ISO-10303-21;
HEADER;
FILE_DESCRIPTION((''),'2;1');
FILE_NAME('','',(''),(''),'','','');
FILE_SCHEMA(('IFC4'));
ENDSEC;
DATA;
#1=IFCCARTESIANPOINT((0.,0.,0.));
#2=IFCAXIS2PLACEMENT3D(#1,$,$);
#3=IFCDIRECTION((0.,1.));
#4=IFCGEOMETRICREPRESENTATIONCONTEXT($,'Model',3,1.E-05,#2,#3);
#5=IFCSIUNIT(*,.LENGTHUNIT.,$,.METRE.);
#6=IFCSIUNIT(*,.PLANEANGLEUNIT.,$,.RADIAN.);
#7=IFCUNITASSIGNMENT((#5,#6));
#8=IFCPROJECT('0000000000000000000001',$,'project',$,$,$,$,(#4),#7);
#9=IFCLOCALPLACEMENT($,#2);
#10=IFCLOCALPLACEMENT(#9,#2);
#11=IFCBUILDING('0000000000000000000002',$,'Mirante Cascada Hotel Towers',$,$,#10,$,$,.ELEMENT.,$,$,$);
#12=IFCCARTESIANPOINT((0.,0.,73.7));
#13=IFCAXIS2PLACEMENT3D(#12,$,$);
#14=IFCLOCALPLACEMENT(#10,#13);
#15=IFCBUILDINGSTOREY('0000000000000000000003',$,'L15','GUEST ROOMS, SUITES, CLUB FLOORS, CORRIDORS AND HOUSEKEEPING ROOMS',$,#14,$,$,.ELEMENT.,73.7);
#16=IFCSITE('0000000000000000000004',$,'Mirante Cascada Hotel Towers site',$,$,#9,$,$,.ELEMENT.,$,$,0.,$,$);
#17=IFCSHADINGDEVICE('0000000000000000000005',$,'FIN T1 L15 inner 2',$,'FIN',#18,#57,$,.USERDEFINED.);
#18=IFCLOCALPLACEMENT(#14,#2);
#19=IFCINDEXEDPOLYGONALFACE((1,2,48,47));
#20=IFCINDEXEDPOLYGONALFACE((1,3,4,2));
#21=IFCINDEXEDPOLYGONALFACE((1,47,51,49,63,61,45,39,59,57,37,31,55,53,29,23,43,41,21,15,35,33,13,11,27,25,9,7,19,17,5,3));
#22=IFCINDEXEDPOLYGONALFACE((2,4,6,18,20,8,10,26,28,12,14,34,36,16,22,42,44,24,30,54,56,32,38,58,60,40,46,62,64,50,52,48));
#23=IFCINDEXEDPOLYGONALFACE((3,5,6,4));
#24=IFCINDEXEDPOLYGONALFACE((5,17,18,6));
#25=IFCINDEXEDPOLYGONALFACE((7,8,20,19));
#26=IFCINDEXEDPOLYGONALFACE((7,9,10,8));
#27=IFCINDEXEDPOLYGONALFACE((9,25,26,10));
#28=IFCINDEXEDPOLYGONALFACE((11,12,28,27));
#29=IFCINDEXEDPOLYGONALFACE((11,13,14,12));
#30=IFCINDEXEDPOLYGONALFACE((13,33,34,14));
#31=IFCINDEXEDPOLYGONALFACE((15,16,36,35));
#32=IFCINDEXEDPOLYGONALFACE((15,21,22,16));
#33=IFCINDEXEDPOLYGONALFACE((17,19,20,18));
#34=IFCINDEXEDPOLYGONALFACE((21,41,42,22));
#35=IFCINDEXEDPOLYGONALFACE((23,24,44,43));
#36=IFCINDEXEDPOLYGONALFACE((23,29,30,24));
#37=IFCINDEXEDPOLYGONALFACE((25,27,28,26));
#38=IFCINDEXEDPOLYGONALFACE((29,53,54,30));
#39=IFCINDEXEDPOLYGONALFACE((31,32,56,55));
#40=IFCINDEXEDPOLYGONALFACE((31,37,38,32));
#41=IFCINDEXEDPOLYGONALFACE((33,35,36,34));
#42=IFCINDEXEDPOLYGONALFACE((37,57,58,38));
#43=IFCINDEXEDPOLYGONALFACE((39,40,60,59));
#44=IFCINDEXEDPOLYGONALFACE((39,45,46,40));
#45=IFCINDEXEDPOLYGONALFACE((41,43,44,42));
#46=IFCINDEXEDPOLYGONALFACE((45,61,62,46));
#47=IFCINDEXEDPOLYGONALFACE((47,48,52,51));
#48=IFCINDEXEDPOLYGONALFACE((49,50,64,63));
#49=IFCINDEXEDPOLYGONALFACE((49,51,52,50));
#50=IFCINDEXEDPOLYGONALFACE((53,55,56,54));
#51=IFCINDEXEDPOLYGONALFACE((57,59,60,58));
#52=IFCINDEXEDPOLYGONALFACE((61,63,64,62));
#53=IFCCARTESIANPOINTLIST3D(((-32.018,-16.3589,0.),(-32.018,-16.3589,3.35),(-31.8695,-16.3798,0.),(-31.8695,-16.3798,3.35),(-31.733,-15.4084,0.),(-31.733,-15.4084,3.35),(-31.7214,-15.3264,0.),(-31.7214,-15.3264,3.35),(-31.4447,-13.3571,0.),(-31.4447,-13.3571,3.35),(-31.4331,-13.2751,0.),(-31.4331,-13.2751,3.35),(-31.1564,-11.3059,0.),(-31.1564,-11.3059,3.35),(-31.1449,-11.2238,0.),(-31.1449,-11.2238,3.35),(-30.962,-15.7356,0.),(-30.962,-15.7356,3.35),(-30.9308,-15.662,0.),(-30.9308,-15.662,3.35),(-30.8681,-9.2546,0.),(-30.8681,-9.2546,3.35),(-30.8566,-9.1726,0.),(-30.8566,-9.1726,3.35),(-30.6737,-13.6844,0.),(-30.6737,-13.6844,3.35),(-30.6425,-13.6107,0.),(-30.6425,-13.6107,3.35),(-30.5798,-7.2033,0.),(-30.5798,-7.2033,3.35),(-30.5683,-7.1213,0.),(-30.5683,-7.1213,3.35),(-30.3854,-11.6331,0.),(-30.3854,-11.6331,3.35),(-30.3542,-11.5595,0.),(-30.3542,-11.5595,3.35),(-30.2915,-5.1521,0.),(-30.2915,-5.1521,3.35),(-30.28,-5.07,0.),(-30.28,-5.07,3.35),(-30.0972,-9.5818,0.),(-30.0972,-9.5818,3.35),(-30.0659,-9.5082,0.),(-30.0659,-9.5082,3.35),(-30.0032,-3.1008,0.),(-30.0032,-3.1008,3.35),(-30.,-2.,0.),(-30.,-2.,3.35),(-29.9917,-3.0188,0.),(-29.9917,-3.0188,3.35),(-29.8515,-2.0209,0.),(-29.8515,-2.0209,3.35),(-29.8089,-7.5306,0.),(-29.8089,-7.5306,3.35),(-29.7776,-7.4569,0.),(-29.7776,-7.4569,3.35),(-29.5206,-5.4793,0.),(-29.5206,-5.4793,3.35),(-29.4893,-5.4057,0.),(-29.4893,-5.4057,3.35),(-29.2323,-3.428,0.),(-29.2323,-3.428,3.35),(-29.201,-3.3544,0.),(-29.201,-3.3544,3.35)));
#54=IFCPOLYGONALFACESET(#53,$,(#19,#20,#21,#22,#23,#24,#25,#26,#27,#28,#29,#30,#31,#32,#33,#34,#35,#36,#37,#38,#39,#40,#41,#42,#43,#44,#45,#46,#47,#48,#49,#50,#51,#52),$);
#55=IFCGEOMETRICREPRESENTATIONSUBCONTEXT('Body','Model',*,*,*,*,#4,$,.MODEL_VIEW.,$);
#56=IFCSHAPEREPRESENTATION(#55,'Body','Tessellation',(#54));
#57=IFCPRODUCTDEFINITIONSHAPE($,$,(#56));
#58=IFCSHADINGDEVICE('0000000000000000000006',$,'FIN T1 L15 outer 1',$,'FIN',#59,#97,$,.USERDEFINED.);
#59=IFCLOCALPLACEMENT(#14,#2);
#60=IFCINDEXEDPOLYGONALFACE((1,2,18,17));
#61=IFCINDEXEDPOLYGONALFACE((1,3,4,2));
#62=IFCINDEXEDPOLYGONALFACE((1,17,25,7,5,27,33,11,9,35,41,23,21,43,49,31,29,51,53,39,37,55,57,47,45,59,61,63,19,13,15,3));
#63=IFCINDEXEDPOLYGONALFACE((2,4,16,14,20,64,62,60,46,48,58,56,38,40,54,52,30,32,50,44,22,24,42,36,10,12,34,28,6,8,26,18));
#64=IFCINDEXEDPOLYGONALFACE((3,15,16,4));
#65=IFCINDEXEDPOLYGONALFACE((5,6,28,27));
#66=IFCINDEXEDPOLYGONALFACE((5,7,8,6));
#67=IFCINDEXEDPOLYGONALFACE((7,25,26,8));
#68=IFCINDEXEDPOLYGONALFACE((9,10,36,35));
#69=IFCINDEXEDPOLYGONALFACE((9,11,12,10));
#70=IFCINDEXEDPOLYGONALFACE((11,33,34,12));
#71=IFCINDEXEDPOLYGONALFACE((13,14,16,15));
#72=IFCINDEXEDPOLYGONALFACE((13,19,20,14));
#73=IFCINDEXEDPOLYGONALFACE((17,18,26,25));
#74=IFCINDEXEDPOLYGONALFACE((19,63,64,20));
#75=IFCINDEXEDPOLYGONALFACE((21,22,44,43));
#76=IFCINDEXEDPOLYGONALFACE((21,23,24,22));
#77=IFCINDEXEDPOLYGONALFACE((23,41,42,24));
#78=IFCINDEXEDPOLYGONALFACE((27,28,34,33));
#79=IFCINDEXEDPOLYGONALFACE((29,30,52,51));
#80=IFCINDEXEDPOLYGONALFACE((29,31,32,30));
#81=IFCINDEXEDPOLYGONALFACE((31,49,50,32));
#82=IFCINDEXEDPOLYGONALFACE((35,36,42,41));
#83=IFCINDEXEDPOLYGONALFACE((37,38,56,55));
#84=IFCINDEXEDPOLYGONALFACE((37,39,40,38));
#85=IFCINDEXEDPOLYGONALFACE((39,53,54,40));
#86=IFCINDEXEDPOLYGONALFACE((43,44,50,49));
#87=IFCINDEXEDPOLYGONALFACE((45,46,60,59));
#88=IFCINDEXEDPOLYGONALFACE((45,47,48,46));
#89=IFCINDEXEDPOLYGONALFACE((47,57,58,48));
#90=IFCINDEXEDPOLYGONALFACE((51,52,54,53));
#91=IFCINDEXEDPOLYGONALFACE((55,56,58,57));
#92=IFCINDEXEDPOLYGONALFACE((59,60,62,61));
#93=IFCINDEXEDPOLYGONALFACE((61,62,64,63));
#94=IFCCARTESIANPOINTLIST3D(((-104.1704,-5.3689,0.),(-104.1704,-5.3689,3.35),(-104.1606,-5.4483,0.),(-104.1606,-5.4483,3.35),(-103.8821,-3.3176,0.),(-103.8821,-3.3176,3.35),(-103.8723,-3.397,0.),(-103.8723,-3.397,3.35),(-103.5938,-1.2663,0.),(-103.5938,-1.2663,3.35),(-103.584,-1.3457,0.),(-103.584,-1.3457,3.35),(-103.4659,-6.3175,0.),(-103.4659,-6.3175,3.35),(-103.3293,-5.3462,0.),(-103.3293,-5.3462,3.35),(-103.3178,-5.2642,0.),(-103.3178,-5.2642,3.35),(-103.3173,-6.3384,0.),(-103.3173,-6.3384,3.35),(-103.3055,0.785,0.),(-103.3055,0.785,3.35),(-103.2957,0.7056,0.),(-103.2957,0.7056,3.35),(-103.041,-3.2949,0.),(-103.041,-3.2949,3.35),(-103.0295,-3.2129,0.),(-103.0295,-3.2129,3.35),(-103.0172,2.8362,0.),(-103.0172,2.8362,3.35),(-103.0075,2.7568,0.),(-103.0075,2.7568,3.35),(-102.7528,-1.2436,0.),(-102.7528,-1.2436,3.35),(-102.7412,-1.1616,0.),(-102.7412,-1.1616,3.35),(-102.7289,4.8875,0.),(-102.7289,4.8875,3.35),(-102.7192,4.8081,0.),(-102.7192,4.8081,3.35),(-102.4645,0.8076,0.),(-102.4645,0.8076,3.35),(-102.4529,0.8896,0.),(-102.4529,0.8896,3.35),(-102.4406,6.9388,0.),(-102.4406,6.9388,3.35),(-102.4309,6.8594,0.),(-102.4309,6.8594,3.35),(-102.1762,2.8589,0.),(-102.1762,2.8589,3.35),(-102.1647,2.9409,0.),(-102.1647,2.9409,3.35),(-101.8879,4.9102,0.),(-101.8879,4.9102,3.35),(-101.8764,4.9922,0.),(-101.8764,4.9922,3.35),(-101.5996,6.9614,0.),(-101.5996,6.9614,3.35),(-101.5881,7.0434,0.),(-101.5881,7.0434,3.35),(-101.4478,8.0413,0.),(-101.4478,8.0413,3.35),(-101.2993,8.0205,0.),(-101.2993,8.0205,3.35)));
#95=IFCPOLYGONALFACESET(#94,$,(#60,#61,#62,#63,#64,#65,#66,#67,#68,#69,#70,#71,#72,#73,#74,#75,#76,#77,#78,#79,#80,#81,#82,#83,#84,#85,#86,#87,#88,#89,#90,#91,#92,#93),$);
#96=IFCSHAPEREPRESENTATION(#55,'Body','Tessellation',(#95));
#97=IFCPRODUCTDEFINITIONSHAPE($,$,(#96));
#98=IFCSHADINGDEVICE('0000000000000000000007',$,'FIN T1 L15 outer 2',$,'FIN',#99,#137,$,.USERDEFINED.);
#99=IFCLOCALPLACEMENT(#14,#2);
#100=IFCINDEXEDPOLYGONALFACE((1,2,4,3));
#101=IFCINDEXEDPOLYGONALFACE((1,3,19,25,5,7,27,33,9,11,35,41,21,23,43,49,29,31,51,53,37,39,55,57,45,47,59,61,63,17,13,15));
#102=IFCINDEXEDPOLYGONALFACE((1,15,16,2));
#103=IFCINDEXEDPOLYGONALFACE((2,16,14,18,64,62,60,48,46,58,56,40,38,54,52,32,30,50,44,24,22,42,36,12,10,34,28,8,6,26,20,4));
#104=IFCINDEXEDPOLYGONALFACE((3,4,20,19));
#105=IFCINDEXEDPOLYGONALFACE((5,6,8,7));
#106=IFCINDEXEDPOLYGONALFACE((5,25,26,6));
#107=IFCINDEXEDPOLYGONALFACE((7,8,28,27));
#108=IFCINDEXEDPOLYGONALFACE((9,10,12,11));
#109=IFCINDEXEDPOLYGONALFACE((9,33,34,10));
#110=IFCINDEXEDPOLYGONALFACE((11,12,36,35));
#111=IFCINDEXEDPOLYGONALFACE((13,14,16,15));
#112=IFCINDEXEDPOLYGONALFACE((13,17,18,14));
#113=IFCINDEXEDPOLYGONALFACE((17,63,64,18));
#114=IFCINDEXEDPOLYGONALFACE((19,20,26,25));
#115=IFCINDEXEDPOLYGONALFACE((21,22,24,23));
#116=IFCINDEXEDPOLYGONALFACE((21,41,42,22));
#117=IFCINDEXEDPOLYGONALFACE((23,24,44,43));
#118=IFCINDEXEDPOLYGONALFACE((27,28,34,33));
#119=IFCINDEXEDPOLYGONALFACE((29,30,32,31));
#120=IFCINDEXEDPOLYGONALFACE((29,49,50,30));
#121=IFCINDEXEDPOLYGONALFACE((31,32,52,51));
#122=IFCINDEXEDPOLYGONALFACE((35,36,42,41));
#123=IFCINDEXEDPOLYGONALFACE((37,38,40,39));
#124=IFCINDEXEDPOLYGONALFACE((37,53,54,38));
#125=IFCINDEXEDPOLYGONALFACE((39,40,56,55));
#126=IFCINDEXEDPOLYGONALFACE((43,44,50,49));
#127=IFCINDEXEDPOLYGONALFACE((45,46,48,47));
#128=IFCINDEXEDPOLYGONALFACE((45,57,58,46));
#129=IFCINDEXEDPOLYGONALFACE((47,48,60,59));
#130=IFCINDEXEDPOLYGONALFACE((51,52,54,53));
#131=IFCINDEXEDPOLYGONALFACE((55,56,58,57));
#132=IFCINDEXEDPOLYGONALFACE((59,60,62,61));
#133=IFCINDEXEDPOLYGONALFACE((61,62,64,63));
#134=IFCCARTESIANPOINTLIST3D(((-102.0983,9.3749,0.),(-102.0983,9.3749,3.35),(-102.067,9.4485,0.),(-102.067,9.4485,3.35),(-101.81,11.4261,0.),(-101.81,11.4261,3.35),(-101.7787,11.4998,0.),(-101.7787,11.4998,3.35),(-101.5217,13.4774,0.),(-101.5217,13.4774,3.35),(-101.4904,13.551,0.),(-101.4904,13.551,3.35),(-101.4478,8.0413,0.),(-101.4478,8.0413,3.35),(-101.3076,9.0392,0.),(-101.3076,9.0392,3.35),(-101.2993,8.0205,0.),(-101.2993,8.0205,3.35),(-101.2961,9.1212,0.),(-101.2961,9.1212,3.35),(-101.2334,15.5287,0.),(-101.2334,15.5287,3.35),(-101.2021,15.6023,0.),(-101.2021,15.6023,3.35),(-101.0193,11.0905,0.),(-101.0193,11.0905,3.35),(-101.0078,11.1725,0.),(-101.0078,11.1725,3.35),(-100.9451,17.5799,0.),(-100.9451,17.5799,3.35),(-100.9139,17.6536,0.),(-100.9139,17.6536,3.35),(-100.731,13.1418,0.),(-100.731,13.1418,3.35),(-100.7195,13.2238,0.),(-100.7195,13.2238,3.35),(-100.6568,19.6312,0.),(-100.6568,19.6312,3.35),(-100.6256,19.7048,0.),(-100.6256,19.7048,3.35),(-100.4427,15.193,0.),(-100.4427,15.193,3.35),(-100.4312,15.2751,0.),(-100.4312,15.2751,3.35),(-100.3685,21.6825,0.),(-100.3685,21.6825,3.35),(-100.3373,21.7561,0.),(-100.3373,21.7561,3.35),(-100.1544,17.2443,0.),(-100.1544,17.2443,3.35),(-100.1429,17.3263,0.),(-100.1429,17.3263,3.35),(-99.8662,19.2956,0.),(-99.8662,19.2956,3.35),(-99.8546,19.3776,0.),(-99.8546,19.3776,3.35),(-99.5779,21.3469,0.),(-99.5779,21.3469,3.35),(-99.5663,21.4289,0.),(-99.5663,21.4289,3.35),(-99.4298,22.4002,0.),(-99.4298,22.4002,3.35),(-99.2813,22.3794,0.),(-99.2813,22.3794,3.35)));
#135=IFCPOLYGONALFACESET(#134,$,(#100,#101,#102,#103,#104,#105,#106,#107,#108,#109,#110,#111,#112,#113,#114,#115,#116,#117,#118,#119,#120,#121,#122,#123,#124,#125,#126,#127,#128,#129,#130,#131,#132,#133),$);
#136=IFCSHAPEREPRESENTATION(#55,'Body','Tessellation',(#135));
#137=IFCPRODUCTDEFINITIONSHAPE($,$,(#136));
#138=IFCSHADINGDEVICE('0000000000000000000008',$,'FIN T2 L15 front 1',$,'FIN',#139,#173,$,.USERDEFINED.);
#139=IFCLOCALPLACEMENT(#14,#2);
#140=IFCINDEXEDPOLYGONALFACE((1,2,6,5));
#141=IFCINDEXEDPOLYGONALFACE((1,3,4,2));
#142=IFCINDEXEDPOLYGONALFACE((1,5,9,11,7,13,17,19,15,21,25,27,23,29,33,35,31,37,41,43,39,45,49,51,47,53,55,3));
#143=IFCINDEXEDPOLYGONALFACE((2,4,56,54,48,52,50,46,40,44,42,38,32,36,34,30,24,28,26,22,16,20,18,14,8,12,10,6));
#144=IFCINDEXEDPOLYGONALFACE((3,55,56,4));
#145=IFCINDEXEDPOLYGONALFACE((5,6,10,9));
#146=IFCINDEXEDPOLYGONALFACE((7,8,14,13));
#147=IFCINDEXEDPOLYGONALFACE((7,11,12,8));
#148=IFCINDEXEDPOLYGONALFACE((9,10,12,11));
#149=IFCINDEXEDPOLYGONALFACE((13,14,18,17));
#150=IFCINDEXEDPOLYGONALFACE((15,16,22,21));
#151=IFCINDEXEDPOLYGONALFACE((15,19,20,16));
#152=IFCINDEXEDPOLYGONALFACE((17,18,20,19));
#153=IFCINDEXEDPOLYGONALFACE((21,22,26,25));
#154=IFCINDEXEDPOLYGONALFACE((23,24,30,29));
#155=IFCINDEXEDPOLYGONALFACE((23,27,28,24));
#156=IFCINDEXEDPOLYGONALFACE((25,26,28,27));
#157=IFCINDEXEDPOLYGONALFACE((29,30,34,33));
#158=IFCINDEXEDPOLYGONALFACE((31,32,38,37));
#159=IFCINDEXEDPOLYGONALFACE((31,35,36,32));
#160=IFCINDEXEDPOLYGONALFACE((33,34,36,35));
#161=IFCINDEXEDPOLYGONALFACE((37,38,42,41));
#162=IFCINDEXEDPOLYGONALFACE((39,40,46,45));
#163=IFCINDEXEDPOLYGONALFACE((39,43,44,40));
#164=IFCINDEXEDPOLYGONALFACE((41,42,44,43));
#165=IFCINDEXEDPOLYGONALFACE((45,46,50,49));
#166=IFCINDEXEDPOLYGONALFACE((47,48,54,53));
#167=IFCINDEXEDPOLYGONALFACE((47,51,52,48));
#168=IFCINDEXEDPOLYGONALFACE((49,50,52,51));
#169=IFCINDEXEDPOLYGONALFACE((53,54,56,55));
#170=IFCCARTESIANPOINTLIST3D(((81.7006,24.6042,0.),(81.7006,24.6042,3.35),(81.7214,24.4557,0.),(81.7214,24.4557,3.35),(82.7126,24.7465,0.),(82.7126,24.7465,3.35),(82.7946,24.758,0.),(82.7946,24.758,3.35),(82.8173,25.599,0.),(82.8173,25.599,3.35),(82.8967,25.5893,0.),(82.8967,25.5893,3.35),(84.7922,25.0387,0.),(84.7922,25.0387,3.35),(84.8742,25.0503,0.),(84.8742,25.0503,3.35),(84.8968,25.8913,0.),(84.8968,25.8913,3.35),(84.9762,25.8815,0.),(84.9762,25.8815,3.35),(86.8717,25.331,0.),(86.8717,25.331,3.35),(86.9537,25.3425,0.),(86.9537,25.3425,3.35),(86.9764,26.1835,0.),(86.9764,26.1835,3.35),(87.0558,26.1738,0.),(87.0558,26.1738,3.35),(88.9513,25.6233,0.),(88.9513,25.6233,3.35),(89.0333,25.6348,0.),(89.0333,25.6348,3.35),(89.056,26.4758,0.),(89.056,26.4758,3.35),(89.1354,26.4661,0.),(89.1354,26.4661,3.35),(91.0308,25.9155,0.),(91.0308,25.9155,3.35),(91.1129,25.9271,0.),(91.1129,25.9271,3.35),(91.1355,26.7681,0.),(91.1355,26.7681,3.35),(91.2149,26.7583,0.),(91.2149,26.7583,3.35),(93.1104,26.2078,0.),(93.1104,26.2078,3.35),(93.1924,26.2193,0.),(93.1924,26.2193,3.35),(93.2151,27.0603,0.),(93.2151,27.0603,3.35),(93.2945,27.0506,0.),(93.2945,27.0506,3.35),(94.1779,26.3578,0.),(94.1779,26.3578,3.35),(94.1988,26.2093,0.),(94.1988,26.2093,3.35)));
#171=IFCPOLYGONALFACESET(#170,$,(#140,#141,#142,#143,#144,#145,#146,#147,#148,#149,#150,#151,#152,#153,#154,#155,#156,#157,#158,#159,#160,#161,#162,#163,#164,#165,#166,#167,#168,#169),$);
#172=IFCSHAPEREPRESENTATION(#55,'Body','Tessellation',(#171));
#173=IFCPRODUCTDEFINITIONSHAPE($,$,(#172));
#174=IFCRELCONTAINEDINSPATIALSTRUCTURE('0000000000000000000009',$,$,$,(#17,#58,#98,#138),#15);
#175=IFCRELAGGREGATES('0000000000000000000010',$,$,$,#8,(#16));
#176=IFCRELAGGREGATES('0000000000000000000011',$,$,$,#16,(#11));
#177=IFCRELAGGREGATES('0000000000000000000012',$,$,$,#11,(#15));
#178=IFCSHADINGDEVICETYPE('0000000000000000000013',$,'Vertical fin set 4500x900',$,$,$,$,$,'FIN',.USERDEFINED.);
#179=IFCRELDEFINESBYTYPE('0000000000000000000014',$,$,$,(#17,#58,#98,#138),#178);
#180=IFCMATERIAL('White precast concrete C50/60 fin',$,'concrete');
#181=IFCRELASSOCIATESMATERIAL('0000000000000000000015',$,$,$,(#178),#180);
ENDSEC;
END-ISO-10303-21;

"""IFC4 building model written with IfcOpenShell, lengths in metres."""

from ifc_helpers import new_model, si_unit, direction, frame, origin, place, context, subcontext, project, spatial, polyline, outline, extrude, material, type_object, element, save


model = new_model("IFC4")

# Units and contexts
model_context = context("Model", 3, precision=1e-05, world=origin(), true_north=direction((0.0, 1.0)))
body_context = subcontext(model_context, "Body", "Model", "MODEL_VIEW")
ifc_project = project(units=[si_unit("LENGTHUNIT", "METRE"), si_unit("PLANEANGLEUNIT", "RADIAN")], contexts=[model_context])

# Site, building, storey
site_placement = place(None, origin())
site = spatial("IfcSite", under=ifc_project, at=site_placement, Name="Mirante Cascada Hotel Towers site", CompositionType="ELEMENT", RefElevation=0.0)
building_placement = place(site_placement, origin())
building = spatial("IfcBuilding", under=site, at=building_placement, Name="Mirante Cascada Hotel Towers", CompositionType="ELEMENT")
storey_placement = place(building_placement, frame((0.0, 0.0, 73.7)))
storey = spatial("IfcBuildingStorey", under=building, at=storey_placement, Name="L15", Description="GUEST ROOMS, SUITES, CLUB FLOORS, CORRIDORS AND HOUSEKEEPING ROOMS", CompositionType="ELEMENT", Elevation=73.7)

# Shading devices
ifc_material_1 = material(Name="White precast concrete C50/60 fin", Category="concrete")
shading_device_type = type_object("IfcShadingDeviceType", Name="Vertical fin set 4500x900", ElementType="FIN", PredefinedType="USERDEFINED", material=ifc_material_1)
shading_device_1_placement = place(storey_placement, origin())
element("IfcShadingDevice", 1, at=shading_device_1_placement, inside=storey, type_object=shading_device_type, Name="FIN T1 L15 inner 2", ObjectType="FIN", PredefinedType="USERDEFINED", context=body_context, shape_type="SweptSolid", body=[
    extrude(outline(polyline([(-31.733, -15.4084), (-31.8695, -16.3798), (-32.018, -16.3589), (-30.0, -2.0), (-29.8515, -2.0209), (-29.9917, -3.0188), (-29.201, -3.3544), (-29.2323, -3.428), (-30.0032, -3.1008), (-30.28, -5.07), (-29.4893, -5.4057), (-29.5206, -5.4793), (-30.2915, -5.1521), (-30.5683, -7.1213), (-29.7776, -7.4569), (-29.8089, -7.5306), (-30.5798, -7.2033), (-30.8566, -9.1726), (-30.0659, -9.5082), (-30.0972, -9.5818), (-30.8681, -9.2546), (-31.1449, -11.2238), (-30.3542, -11.5595), (-30.3854, -11.6331), (-31.1564, -11.3059), (-31.4331, -13.2751), (-30.6425, -13.6107), (-30.6737, -13.6844), (-31.4447, -13.3571), (-31.7214, -15.3264), (-30.9308, -15.662), (-30.962, -15.7356), (-31.733, -15.4084)])), origin(), (0.0, 0.0, 1.0), 3.35),
])
shading_device_2_placement = place(storey_placement, origin())
element("IfcShadingDevice", 2, at=shading_device_2_placement, inside=storey, type_object=shading_device_type, Name="FIN T1 L15 outer 1", ObjectType="FIN", PredefinedType="USERDEFINED", context=body_context, shape_type="SweptSolid", body=[
    extrude(outline(polyline([(-103.3178, -5.2642), (-103.041, -3.2949), (-103.8723, -3.397), (-103.8821, -3.3176), (-103.0295, -3.2129), (-102.7528, -1.2436), (-103.584, -1.3457), (-103.5938, -1.2663), (-102.7412, -1.1616), (-102.4645, 0.8076), (-103.2957, 0.7056), (-103.3055, 0.785), (-102.4529, 0.8896), (-102.1762, 2.8589), (-103.0075, 2.7568), (-103.0172, 2.8362), (-102.1647, 2.9409), (-101.8879, 4.9102), (-102.7192, 4.8081), (-102.7289, 4.8875), (-101.8764, 4.9922), (-101.5996, 6.9614), (-102.4309, 6.8594), (-102.4406, 6.9388), (-101.5881, 7.0434), (-101.4478, 8.0413), (-101.2993, 8.0205), (-103.3173, -6.3384), (-103.4659, -6.3175), (-103.3293, -5.3462), (-104.1606, -5.4483), (-104.1704, -5.3689), (-103.3178, -5.2642)])), origin(), (0.0, 0.0, 1.0), 3.35),
])
shading_device_3_placement = place(storey_placement, origin())
element("IfcShadingDevice", 3, at=shading_device_3_placement, inside=storey, type_object=shading_device_type, Name="FIN T1 L15 outer 2", ObjectType="FIN", PredefinedType="USERDEFINED", context=body_context, shape_type="SweptSolid", body=[
    extrude(outline(polyline([(-101.2961, 9.1212), (-101.0193, 11.0905), (-101.81, 11.4261), (-101.7787, 11.4998), (-101.0078, 11.1725), (-100.731, 13.1418), (-101.5217, 13.4774), (-101.4904, 13.551), (-100.7195, 13.2238), (-100.4427, 15.193), (-101.2334, 15.5287), (-101.2021, 15.6023), (-100.4312, 15.2751), (-100.1544, 17.2443), (-100.9451, 17.5799), (-100.9139, 17.6536), (-100.1429, 17.3263), (-99.8662, 19.2956), (-100.6568, 19.6312), (-100.6256, 19.7048), (-99.8546, 19.3776), (-99.5779, 21.3469), (-100.3685, 21.6825), (-100.3373, 21.7561), (-99.5663, 21.4289), (-99.4298, 22.4002), (-99.2813, 22.3794), (-101.2993, 8.0205), (-101.4478, 8.0413), (-101.3076, 9.0392), (-102.0983, 9.3749), (-102.067, 9.4485), (-101.2961, 9.1212)])), origin(), (0.0, 0.0, 1.0), 3.35),
])
shading_device_4_placement = place(storey_placement, origin())
element("IfcShadingDevice", 4, at=shading_device_4_placement, inside=storey, type_object=shading_device_type, Name="FIN T2 L15 front 1", ObjectType="FIN", PredefinedType="USERDEFINED", context=body_context, shape_type="SweptSolid", body=[
    extrude(outline(polyline([(82.8967, 25.5893), (82.7946, 24.758), (84.7922, 25.0387), (84.8968, 25.8913), (84.9762, 25.8815), (84.8742, 25.0503), (86.8717, 25.331), (86.9764, 26.1835), (87.0558, 26.1738), (86.9537, 25.3425), (88.9513, 25.6233), (89.056, 26.4758), (89.1354, 26.4661), (89.0333, 25.6348), (91.0308, 25.9155), (91.1355, 26.7681), (91.2149, 26.7583), (91.1129, 25.9271), (93.1104, 26.2078), (93.2151, 27.0603), (93.2945, 27.0506), (93.1924, 26.2193), (94.1779, 26.3578), (94.1988, 26.2093), (81.7214, 24.4557), (81.7006, 24.6042), (82.7126, 24.7465), (82.8173, 25.599), (82.8967, 25.5893)])), origin(), (0.0, 0.0, 1.0), 3.35),
])

save(model, "model.ifc")
